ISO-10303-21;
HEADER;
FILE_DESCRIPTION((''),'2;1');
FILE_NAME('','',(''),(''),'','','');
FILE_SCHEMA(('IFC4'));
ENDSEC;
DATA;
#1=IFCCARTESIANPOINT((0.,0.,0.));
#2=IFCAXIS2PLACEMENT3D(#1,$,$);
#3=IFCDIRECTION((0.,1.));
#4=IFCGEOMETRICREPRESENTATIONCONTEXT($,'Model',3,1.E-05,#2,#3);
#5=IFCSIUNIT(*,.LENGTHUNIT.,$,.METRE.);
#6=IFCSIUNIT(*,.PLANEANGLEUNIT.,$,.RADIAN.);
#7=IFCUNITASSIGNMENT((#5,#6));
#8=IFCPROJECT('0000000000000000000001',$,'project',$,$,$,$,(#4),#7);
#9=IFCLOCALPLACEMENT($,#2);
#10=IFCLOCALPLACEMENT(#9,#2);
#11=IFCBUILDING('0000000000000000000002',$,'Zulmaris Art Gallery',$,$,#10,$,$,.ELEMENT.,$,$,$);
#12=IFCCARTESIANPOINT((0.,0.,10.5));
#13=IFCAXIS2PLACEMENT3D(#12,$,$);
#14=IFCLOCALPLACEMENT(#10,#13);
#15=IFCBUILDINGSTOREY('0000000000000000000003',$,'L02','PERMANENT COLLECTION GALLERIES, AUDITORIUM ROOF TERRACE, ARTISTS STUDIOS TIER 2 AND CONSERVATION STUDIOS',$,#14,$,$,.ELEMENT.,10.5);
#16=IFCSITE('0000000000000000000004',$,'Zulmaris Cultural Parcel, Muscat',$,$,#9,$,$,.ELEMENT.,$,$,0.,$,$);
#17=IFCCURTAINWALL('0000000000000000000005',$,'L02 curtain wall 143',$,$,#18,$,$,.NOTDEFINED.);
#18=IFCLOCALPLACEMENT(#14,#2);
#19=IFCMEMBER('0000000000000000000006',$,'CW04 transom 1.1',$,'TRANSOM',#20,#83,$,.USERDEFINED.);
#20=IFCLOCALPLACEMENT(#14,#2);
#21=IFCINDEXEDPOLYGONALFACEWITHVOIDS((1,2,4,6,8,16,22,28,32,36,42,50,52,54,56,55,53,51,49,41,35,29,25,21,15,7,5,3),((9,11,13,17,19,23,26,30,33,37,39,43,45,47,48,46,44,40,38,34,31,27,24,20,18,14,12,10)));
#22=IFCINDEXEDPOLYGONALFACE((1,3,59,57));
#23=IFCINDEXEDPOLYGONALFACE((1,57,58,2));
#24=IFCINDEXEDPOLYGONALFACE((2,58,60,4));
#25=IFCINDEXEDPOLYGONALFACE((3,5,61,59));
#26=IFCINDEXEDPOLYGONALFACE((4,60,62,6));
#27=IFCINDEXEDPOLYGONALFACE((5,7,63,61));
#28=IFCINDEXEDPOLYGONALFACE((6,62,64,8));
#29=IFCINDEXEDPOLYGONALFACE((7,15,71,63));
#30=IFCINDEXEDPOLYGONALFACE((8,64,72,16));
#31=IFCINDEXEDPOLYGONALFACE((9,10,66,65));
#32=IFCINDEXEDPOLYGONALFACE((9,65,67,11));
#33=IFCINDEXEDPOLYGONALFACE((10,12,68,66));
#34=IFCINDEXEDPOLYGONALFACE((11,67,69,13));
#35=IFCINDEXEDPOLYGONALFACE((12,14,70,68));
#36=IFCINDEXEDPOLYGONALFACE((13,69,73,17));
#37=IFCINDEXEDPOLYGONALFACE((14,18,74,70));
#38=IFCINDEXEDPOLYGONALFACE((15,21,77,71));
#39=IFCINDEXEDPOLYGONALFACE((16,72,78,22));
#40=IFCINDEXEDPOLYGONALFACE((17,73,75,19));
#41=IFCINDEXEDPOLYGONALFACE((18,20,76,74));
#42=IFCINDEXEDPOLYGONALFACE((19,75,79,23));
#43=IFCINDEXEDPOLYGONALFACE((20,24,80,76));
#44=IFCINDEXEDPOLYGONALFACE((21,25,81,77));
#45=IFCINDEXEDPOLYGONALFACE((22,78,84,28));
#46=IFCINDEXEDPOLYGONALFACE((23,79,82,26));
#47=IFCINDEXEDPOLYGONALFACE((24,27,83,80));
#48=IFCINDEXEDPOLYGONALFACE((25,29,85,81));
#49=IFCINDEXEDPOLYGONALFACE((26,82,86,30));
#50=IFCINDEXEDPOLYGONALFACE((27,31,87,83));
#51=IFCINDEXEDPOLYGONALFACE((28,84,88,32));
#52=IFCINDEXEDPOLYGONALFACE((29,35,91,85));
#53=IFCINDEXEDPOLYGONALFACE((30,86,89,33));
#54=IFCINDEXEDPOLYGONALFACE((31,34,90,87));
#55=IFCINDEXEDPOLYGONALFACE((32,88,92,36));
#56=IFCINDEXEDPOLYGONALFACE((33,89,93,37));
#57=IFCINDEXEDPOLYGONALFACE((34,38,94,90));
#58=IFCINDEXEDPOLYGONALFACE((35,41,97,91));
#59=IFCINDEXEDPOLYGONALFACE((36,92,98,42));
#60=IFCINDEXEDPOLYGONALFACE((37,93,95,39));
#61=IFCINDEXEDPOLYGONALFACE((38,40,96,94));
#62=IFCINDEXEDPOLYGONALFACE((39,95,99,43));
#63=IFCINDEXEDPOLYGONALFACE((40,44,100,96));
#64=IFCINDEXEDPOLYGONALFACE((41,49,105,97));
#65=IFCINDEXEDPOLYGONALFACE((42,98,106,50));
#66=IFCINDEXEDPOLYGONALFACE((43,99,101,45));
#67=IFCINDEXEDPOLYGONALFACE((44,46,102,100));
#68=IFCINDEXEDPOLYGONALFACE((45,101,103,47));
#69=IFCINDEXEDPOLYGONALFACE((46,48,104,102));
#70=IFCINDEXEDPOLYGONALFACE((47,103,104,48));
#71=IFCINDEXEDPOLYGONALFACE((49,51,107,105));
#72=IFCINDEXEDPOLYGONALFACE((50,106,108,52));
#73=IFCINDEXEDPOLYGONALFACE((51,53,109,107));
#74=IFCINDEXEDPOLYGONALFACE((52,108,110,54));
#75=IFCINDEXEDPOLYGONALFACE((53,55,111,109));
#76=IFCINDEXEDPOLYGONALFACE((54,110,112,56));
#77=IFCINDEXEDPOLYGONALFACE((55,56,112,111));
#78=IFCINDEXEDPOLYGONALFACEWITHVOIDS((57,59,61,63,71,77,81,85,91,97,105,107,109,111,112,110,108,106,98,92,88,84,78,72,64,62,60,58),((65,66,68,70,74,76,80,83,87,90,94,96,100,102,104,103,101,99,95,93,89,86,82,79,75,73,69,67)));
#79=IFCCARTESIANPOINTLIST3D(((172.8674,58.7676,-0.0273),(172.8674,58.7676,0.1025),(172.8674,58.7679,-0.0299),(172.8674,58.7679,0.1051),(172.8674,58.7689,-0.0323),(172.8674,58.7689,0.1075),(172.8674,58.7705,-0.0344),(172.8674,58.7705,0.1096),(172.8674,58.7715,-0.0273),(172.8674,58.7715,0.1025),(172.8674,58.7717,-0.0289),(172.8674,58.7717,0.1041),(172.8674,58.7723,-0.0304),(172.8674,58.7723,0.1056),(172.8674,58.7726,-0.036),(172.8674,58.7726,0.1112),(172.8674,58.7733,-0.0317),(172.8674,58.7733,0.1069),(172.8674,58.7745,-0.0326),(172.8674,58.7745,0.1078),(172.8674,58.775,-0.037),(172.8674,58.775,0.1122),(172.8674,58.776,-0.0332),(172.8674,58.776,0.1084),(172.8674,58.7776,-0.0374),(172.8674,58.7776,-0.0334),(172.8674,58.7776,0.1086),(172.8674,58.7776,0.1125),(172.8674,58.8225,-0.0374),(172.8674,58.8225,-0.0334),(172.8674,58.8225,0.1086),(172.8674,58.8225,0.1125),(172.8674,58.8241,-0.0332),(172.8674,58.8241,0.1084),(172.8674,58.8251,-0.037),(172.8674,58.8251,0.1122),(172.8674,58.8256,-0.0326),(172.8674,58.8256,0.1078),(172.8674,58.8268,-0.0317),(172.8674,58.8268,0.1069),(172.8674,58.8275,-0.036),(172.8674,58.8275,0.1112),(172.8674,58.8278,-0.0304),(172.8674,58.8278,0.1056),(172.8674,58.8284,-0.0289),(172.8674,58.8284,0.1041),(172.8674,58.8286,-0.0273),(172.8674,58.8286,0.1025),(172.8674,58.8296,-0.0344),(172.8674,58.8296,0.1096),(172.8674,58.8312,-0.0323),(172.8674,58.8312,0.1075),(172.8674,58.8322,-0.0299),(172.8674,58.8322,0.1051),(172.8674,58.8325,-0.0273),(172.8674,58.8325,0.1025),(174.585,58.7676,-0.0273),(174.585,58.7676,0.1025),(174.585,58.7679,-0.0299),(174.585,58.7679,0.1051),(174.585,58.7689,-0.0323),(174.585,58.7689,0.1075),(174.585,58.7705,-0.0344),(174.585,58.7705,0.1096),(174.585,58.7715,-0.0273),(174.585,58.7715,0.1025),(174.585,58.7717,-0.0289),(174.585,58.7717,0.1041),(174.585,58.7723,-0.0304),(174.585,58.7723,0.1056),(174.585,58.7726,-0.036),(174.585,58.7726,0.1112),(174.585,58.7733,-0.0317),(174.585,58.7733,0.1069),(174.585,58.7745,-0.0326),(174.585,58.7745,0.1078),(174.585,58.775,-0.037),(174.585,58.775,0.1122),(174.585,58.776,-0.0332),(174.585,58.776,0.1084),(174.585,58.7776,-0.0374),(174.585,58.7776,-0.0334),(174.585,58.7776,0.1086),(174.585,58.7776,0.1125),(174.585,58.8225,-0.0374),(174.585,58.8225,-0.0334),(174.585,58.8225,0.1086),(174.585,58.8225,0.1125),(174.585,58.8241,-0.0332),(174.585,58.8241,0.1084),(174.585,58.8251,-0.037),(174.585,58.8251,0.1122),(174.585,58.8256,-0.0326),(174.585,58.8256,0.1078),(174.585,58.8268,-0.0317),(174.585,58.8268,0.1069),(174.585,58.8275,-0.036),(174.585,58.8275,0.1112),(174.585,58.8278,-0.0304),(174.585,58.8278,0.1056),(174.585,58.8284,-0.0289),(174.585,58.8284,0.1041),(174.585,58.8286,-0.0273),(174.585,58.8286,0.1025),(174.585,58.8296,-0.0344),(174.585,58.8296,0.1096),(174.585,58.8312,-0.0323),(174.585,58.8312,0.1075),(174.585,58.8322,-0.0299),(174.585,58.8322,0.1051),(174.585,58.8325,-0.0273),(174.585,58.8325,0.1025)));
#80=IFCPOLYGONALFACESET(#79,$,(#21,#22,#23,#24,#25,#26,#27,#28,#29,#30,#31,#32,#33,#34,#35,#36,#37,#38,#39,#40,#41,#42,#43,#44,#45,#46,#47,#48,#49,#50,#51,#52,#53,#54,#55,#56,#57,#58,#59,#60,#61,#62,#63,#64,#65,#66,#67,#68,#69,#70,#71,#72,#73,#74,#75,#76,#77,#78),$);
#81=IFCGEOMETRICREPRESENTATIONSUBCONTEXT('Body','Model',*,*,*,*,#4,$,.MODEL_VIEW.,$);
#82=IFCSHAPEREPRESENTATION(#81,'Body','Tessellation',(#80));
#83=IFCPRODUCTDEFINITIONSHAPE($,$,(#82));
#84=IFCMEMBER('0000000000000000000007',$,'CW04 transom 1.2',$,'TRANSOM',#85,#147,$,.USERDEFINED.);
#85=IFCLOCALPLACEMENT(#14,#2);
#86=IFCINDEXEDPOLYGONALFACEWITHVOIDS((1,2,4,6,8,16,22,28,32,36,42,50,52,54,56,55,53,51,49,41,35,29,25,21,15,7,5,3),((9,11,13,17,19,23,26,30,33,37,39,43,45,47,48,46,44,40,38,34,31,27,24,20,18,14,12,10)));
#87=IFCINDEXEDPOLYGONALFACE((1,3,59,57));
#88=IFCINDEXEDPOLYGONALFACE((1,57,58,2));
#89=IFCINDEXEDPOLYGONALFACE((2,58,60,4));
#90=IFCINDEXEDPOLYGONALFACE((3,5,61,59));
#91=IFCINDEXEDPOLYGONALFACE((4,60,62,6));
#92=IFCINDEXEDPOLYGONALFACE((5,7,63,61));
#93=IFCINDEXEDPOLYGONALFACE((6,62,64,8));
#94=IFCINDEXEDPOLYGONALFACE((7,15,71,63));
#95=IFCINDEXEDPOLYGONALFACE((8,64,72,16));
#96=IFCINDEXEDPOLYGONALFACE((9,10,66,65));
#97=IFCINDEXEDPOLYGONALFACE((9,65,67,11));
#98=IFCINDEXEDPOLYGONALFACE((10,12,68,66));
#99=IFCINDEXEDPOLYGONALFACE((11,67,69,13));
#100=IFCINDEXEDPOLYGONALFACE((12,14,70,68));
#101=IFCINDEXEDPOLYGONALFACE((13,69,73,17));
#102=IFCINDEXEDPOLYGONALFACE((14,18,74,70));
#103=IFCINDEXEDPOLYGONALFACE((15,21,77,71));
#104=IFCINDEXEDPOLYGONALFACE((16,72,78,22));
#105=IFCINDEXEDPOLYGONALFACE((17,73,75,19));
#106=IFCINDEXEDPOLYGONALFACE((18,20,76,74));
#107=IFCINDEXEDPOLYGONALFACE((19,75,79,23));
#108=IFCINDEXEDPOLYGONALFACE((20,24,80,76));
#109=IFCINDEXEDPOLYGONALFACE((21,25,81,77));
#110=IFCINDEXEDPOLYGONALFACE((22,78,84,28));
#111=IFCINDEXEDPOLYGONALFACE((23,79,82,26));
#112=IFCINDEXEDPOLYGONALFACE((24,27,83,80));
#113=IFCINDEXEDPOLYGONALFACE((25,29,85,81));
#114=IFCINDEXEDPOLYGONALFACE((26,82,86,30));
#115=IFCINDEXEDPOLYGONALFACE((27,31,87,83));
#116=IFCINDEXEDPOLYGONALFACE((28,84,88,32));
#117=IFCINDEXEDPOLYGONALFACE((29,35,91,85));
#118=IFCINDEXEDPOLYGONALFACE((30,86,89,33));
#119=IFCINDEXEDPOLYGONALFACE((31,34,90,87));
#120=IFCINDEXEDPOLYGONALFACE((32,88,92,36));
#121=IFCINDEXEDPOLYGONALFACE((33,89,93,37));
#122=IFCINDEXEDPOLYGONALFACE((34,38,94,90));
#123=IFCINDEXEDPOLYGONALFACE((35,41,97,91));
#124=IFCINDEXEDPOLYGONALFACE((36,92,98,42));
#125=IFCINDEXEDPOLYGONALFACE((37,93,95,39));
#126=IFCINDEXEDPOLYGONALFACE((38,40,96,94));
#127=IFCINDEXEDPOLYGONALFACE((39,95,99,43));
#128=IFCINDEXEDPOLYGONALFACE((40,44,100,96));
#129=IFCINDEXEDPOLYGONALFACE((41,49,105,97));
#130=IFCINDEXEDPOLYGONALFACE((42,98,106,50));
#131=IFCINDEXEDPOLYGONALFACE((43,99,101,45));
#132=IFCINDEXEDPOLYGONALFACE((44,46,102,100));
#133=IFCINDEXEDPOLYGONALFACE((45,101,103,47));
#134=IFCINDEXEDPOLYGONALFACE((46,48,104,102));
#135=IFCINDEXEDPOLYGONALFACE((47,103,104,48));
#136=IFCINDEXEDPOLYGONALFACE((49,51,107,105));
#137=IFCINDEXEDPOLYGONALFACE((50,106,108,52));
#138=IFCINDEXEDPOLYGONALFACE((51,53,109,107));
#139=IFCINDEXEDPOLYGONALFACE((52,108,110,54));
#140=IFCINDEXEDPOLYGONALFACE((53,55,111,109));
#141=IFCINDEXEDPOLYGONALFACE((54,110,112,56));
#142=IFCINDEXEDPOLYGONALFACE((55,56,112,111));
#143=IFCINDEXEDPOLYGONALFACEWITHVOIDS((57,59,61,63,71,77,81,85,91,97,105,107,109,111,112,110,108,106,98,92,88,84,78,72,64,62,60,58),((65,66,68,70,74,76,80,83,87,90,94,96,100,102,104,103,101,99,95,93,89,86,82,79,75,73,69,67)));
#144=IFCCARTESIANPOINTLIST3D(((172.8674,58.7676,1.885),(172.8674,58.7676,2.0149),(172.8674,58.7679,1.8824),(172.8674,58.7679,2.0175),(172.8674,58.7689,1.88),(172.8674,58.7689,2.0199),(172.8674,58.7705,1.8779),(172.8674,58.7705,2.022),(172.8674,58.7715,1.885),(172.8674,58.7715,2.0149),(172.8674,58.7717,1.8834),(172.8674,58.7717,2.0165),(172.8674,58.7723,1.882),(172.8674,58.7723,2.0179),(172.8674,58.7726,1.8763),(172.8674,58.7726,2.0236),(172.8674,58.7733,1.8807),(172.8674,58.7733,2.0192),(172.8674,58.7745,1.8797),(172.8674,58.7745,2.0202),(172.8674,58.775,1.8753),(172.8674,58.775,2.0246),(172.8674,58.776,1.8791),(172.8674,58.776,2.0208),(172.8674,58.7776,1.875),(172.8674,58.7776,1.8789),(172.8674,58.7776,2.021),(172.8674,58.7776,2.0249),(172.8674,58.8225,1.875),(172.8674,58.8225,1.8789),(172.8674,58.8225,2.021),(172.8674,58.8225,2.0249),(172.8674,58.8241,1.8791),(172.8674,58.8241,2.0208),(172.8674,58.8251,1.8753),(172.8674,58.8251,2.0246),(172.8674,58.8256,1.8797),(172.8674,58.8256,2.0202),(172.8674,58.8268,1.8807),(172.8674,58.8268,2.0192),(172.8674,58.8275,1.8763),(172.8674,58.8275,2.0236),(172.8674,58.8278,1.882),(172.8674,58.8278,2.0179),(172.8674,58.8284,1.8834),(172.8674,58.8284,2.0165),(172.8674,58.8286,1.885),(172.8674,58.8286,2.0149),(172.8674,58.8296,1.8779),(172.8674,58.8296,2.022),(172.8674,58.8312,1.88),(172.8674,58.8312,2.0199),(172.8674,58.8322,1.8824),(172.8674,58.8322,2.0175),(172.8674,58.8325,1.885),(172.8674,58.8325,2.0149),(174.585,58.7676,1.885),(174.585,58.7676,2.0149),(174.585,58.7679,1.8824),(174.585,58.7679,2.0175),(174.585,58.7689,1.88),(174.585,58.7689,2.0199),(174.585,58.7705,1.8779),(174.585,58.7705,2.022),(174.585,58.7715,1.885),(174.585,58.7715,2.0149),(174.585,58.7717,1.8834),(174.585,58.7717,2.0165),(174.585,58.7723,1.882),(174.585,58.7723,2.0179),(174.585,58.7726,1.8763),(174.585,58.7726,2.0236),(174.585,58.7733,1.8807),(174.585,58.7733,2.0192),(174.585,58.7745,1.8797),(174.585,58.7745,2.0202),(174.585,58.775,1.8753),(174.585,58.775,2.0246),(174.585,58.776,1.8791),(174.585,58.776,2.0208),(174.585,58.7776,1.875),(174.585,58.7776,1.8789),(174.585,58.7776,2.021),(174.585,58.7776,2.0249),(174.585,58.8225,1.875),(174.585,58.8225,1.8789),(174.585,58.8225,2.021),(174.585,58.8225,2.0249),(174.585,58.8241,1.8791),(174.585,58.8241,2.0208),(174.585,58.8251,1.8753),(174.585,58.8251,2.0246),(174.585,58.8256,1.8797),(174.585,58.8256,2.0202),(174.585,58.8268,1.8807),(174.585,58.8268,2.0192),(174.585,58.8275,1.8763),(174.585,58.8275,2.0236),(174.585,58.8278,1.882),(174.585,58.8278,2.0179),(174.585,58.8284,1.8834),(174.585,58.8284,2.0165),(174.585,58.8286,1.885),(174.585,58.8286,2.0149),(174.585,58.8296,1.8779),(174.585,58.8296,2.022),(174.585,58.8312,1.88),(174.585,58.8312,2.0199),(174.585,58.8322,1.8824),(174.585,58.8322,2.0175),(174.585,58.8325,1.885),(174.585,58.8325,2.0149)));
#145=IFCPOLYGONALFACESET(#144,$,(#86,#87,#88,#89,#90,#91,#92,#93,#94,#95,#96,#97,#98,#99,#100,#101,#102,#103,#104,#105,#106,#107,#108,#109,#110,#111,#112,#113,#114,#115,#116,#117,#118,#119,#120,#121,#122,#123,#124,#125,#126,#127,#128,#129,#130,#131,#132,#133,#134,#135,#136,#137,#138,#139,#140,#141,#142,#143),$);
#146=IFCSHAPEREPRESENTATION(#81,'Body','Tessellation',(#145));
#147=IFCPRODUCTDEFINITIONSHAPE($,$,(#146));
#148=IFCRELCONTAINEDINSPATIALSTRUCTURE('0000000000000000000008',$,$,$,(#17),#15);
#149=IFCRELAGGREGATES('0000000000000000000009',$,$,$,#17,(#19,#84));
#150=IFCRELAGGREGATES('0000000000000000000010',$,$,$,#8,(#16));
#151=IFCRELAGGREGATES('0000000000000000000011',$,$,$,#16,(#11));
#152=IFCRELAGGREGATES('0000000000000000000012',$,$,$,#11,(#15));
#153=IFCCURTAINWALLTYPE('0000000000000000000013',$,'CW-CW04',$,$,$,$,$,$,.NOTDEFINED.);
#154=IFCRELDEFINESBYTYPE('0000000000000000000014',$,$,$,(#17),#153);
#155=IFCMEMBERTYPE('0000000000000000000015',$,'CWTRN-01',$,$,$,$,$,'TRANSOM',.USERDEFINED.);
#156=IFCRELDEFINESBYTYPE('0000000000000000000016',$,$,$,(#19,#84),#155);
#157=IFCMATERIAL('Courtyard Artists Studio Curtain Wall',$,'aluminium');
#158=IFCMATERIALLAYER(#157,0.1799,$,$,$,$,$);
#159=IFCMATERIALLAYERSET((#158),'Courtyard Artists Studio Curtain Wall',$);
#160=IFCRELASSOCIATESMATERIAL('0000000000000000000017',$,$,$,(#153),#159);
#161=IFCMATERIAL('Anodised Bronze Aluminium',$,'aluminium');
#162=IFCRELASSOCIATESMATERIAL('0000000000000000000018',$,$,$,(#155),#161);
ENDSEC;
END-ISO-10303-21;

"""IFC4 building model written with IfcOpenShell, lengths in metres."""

from ifc_helpers import new_model, si_unit, direction, frame, origin, origin_2d, place, context, subcontext, project, spatial, hollow_rectangle, extrude, material, layer, layer_set, material_profile, profile_set, type_object, element, aggregate, save


model = new_model("IFC4")

# Units and contexts
model_context = context("Model", 3, precision=1e-05, world=origin(), true_north=direction((0.0, 1.0)))
body_context = subcontext(model_context, "Body", "Model", "MODEL_VIEW")
ifc_project = project(units=[si_unit("LENGTHUNIT", "METRE"), si_unit("PLANEANGLEUNIT", "RADIAN")], contexts=[model_context])

# Site, building, storey
site_placement = place(None, origin())
site = spatial("IfcSite", under=ifc_project, at=site_placement, Name="Zulmaris Cultural Parcel, Muscat", CompositionType="ELEMENT", RefElevation=0.0)
building_placement = place(site_placement, origin())
building = spatial("IfcBuilding", under=site, at=building_placement, Name="Zulmaris Art Gallery", CompositionType="ELEMENT")
storey_placement = place(building_placement, frame((0.0, 0.0, 10.5)))
storey = spatial("IfcBuildingStorey", under=building, at=storey_placement, Name="L02", Description="PERMANENT COLLECTION GALLERIES, AUDITORIUM ROOF TERRACE, ARTISTS STUDIOS TIER 2 AND CONSERVATION STUDIOS", CompositionType="ELEMENT", Elevation=10.5)

# Curtain wall
ifc_material_1 = material(Name="Courtyard Artists Studio Curtain Wall", Category="aluminium")
ifc_layer_1 = layer(ifc_material_1, 0.1799)
ifc_layer_set_1 = layer_set([ifc_layer_1], Name="Courtyard Artists Studio Curtain Wall")
curtain_wall_type = type_object("IfcCurtainWallType", Name="CW-CW04", PredefinedType="NOTDEFINED", material=ifc_layer_set_1)
curtain_wall_1_placement = place(storey_placement, origin())
curtain_wall_1 = element("IfcCurtainWall", 1, at=curtain_wall_1_placement, inside=storey, type_object=curtain_wall_type, Name="L02 curtain wall 143", PredefinedType="NOTDEFINED")
ifc_material_2 = material(Name="Anodised Bronze Aluminium", Category="aluminium")

# Members
ifc_material_profile_1 = material_profile(ifc_material_2, hollow_rectangle(XDim=0.0649, YDim=0.1499, WallThickness=0.0039, InnerFilletRadius=0.0061, OuterFilletRadius=0.01, at=origin_2d()), Name="ALU 65x150x4")
ifc_profile_set_1 = profile_set([ifc_material_profile_1], Name="Anodised Bronze Aluminium")
member_type_1 = type_object("IfcMemberType", Name="CWTRN-01", ElementType="TRANSOM", PredefinedType="USERDEFINED", material=ifc_profile_set_1)
member_1_placement = place(storey_placement, frame((174.585, 58.8, 0.0376), z_axis=(-1.0, 0.0, 0.0), x_axis=(0.0, -1.0, 0.0)))
member_1 = element("IfcMember", 2, at=member_1_placement, type_object=member_type_1, Name="CW04 transom 1.1", ObjectType="TRANSOM", PredefinedType="USERDEFINED", context=body_context, shape_type="SweptSolid", body=[
    extrude(hollow_rectangle(XDim=0.0649, YDim=0.1499, WallThickness=0.0039, InnerFilletRadius=0.0061, OuterFilletRadius=0.01, at=origin_2d()), origin(), (0.0, 0.0, 1.0), 1.7175),
])
member_2_placement = place(storey_placement, frame((174.585, 58.8, 1.95), z_axis=(-1.0, 0.0, 0.0), x_axis=(0.0, -1.0, 0.0)))
member_2 = element("IfcMember", 3, at=member_2_placement, type_object=member_type_1, Name="CW04 transom 1.2", ObjectType="TRANSOM", PredefinedType="USERDEFINED", context=body_context, shape_type="SweptSolid", body=[
    extrude(hollow_rectangle(XDim=0.0649, YDim=0.1499, WallThickness=0.0039, InnerFilletRadius=0.0061, OuterFilletRadius=0.01, at=origin_2d()), origin(), (0.0, 0.0, 1.0), 1.7175),
])

aggregate(curtain_wall_1, [member_1, member_2])

save(model, "model.ifc")
